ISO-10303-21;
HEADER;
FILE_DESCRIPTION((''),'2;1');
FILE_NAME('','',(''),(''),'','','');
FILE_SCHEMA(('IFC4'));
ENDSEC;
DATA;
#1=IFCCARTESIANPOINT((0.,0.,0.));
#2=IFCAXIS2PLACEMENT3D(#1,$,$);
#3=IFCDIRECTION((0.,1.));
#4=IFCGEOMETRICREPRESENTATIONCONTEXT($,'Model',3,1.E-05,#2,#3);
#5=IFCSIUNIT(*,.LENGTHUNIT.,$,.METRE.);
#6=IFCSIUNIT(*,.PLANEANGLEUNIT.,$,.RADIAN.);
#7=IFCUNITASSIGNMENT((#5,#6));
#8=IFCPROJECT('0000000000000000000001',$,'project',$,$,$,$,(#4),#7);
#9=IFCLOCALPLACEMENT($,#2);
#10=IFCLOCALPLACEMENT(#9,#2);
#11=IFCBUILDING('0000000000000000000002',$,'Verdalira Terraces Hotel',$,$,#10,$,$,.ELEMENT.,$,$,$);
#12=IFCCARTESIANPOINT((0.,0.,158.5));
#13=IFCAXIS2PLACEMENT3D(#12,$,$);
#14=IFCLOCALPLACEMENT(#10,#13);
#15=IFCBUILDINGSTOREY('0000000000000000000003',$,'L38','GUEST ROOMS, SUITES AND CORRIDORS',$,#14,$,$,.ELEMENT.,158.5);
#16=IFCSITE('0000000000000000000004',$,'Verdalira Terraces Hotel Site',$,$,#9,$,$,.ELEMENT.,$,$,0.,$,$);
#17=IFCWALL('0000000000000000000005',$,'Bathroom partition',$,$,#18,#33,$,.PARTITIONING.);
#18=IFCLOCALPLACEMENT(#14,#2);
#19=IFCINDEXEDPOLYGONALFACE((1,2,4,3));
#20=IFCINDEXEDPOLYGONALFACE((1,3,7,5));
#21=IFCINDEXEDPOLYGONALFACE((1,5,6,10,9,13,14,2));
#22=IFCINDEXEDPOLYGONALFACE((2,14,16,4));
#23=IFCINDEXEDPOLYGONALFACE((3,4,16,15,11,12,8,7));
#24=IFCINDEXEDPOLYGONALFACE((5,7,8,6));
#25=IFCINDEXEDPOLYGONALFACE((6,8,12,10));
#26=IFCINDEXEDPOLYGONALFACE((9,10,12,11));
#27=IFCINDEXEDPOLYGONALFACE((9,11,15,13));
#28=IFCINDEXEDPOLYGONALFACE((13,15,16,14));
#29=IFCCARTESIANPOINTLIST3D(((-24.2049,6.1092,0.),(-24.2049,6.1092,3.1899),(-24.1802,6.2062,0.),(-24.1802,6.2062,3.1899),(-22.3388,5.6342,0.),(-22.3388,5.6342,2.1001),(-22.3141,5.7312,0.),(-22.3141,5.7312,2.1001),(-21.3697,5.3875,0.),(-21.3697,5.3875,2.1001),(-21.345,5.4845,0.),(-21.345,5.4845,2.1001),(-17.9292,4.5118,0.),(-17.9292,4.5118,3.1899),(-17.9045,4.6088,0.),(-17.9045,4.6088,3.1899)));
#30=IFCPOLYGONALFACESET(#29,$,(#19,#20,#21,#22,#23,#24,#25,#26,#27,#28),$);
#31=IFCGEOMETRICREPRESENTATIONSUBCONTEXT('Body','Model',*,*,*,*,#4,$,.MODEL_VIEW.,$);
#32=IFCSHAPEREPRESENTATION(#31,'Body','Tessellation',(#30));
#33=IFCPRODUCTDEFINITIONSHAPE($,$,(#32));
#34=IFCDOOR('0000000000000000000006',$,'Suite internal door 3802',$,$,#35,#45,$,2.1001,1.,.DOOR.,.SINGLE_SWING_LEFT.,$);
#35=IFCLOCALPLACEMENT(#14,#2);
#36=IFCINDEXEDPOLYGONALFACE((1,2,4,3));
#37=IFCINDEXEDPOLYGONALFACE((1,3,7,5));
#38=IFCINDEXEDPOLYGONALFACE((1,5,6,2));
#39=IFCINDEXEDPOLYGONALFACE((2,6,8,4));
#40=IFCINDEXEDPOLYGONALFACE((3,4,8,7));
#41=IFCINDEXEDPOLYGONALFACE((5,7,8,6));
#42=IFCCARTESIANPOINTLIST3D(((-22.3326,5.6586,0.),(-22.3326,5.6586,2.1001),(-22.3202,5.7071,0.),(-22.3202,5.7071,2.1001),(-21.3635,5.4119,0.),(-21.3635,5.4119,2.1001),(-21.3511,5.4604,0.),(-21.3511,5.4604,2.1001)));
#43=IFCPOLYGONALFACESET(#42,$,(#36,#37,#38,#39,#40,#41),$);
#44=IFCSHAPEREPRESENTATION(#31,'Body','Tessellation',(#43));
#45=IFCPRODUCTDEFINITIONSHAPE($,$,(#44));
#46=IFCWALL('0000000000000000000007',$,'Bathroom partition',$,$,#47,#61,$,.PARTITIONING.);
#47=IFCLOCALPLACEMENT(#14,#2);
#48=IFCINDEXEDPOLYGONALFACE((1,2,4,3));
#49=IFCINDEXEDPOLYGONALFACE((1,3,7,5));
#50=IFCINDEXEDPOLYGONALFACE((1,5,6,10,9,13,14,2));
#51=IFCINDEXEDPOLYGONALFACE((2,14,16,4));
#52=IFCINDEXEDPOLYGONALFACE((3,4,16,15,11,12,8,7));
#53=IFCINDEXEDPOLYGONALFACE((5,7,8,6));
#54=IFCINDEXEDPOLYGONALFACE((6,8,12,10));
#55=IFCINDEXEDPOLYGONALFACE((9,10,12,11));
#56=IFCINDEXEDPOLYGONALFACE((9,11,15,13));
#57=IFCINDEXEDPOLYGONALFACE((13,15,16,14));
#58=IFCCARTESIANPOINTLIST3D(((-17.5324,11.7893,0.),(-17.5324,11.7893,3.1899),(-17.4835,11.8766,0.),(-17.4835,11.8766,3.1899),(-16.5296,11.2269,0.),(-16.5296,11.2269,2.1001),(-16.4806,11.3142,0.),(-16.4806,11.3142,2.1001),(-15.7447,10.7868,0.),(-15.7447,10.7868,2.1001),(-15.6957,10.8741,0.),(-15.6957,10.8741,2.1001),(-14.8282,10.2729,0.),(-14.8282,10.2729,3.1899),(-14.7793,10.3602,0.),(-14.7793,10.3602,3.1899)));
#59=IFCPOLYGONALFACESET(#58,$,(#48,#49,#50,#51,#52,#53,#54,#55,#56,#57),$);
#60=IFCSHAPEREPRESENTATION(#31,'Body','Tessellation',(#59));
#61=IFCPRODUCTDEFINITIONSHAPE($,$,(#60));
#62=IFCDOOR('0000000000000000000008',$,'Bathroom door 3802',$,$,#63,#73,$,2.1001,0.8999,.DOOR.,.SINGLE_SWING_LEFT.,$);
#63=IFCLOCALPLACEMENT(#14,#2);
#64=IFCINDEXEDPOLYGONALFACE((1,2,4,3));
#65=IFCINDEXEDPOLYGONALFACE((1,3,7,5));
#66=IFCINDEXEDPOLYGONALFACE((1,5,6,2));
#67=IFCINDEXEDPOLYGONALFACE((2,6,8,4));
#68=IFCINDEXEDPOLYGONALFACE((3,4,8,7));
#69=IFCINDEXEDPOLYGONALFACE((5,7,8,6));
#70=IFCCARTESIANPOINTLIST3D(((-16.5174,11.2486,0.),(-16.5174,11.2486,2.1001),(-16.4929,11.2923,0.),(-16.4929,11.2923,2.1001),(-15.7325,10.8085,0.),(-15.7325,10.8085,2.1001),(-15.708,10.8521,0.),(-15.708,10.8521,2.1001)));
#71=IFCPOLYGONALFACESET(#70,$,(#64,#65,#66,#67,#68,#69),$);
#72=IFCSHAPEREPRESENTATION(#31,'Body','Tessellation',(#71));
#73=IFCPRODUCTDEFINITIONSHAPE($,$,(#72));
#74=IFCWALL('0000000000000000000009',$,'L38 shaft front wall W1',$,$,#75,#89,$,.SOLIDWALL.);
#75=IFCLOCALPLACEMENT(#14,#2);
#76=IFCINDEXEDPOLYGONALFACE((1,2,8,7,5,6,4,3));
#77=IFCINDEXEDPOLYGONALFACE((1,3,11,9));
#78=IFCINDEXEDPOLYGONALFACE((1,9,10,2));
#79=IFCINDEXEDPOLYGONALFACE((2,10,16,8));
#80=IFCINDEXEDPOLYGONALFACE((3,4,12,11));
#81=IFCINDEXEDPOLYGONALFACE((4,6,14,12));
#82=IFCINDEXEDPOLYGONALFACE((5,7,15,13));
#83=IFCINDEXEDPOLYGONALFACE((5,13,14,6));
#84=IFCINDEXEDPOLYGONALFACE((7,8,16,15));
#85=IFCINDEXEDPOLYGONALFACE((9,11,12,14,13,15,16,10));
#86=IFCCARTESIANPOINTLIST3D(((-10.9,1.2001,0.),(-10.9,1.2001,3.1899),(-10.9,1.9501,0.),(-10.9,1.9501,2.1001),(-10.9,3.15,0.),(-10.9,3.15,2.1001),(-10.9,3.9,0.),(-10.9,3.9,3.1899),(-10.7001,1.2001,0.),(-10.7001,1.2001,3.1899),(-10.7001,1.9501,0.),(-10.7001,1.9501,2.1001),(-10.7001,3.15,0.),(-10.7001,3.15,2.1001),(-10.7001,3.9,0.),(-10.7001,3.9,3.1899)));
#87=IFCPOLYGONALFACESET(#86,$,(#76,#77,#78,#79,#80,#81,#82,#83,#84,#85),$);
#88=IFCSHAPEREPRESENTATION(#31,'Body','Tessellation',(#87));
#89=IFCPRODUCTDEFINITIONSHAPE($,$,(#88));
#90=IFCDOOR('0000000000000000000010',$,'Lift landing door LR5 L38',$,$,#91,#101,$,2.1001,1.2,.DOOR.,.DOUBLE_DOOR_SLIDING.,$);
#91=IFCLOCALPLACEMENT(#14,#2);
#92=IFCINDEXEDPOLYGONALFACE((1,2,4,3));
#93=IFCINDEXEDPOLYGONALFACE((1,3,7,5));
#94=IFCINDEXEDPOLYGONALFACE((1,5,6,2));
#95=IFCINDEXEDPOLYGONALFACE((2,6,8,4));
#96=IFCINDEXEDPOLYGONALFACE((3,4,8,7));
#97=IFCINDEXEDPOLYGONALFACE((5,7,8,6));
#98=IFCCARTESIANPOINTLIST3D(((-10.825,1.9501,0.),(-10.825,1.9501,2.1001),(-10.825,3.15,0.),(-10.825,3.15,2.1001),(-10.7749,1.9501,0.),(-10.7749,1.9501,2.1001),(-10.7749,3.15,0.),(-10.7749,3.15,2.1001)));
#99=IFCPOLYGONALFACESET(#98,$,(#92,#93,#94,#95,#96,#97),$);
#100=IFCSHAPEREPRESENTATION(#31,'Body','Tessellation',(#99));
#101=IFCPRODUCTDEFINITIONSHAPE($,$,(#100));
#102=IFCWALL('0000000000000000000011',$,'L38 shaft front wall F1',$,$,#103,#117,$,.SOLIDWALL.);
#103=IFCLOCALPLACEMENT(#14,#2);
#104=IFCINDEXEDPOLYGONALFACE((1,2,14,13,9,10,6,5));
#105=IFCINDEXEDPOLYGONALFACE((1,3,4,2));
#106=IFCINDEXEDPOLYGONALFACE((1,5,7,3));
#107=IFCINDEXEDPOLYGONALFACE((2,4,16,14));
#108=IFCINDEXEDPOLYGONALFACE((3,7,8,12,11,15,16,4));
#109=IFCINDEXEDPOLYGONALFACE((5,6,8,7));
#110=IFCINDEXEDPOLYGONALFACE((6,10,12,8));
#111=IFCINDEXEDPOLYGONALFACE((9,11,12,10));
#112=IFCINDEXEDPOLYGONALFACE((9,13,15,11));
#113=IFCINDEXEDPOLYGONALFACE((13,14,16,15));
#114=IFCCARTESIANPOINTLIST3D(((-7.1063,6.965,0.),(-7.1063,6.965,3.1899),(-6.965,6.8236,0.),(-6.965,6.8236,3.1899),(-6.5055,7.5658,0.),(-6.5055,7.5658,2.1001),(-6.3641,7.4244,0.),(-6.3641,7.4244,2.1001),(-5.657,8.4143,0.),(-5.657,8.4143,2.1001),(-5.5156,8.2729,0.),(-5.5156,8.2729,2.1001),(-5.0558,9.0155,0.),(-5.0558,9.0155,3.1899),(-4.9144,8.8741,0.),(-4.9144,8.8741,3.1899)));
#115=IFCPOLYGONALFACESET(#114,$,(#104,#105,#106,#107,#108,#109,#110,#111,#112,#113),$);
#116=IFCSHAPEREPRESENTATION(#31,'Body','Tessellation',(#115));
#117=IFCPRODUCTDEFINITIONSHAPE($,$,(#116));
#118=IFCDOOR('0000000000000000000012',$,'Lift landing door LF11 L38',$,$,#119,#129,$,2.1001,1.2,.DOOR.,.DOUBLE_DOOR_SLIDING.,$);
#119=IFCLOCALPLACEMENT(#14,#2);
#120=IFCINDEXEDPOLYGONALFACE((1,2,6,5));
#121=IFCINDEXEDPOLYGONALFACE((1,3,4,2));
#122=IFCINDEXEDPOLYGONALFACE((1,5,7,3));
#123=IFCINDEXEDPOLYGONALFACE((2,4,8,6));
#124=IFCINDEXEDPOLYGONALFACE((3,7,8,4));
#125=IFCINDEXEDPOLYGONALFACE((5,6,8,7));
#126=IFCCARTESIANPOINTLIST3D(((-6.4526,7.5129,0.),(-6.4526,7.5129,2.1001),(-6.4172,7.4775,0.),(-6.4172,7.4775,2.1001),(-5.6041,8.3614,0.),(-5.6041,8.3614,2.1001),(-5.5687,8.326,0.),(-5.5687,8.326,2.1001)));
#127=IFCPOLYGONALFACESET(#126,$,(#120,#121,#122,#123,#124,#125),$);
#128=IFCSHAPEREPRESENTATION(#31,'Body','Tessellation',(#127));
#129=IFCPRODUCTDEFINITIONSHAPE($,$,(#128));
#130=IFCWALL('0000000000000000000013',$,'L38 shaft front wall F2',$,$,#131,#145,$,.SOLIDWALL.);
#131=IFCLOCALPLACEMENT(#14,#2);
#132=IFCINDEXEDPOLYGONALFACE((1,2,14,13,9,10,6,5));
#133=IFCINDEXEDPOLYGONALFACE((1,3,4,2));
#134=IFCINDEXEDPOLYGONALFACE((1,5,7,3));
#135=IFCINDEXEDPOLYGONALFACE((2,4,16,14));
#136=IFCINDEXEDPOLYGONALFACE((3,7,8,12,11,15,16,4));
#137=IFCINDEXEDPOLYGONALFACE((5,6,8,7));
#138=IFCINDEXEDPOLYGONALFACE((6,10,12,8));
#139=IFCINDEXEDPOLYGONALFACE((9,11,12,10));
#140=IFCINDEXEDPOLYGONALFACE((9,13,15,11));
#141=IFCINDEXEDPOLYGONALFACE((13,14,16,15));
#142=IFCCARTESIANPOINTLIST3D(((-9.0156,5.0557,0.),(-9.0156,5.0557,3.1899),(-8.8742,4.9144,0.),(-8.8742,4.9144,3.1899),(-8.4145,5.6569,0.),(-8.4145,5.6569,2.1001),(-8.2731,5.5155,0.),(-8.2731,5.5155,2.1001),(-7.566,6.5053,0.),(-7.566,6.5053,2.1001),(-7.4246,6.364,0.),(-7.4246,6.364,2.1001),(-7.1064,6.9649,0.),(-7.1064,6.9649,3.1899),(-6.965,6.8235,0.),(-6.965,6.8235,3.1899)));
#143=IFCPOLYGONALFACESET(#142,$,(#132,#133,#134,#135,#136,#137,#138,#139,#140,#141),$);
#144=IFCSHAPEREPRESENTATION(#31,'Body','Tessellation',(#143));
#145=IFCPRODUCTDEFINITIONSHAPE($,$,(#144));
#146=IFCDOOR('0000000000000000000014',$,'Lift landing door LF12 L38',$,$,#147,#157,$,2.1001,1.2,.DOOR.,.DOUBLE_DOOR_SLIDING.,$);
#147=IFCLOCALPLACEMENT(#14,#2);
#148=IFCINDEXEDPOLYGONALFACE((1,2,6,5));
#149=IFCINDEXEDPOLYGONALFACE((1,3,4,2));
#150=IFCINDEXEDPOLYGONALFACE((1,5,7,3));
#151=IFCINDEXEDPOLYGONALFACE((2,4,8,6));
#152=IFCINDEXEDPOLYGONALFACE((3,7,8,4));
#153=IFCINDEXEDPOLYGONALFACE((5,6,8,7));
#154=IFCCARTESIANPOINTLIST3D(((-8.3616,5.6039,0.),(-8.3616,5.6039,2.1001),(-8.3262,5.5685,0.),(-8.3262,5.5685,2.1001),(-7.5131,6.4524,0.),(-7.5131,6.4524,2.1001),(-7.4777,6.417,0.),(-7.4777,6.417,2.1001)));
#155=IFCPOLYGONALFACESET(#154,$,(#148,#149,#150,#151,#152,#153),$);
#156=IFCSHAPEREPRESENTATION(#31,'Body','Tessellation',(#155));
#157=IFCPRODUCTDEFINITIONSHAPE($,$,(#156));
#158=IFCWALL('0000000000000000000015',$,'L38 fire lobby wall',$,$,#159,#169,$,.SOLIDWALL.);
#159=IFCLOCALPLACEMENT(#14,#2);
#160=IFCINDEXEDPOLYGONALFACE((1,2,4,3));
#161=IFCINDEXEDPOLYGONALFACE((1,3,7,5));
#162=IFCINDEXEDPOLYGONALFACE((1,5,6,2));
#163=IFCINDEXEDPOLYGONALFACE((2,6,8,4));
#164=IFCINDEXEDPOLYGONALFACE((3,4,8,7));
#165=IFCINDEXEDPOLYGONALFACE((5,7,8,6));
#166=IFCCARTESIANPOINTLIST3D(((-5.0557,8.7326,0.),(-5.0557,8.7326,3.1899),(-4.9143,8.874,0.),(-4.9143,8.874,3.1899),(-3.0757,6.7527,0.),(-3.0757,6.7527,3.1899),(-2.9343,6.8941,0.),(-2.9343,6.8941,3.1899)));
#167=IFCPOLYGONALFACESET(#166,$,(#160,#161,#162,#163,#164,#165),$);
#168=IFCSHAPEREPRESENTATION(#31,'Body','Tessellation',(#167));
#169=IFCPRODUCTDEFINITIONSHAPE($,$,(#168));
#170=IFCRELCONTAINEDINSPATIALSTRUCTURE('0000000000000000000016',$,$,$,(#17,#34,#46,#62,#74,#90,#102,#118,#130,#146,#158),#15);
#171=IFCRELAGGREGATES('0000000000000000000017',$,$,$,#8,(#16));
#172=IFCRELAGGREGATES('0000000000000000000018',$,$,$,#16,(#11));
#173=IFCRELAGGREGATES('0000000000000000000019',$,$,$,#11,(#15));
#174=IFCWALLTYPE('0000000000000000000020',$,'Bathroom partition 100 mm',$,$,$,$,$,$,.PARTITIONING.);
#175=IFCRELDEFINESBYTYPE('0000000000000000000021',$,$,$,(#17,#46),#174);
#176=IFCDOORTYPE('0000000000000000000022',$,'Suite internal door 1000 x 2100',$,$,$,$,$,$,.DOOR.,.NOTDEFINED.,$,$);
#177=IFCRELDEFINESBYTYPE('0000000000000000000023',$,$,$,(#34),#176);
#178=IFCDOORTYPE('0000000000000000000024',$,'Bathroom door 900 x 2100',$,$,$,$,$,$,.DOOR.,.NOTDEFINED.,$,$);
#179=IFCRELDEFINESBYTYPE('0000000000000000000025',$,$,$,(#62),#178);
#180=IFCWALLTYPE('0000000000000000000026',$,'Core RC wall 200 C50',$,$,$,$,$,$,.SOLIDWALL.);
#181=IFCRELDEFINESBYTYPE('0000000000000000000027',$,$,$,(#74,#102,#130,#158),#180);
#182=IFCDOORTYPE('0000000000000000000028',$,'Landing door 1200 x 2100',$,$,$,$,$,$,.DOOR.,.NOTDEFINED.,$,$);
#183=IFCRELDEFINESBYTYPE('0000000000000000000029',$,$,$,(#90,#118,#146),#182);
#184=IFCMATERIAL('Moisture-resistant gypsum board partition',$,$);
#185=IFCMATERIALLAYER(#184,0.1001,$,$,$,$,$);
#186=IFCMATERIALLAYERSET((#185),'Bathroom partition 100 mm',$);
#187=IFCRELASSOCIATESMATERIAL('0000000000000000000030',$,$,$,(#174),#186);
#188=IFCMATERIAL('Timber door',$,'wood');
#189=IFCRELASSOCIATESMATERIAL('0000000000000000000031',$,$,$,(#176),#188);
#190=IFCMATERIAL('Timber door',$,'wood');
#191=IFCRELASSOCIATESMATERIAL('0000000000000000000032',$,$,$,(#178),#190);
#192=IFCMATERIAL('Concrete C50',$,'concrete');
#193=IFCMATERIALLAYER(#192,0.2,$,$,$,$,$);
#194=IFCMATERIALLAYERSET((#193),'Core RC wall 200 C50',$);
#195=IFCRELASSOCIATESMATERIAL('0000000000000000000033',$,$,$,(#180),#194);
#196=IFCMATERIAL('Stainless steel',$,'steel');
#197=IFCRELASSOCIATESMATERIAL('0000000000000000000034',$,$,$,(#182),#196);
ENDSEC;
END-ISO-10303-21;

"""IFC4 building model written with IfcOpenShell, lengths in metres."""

from ifc_helpers import new_model, si_unit, direction, frame, frame_2d, origin, place, context, subcontext, project, spatial, rectangle, extrude, material, layer, layer_set, type_object, element, fill, save


model = new_model("IFC4")

# Units and contexts
model_context = context("Model", 3, precision=1e-05, world=origin(), true_north=direction((0.0, 1.0)))
body_context = subcontext(model_context, "Body", "Model", "MODEL_VIEW")
ifc_project = project(units=[si_unit("LENGTHUNIT", "METRE"), si_unit("PLANEANGLEUNIT", "RADIAN")], contexts=[model_context])

# Site, building, storey
site_placement = place(None, origin())
site = spatial("IfcSite", under=ifc_project, at=site_placement, Name="Verdalira Terraces Hotel Site", CompositionType="ELEMENT", RefElevation=0.0)
building_placement = place(site_placement, origin())
building = spatial("IfcBuilding", under=site, at=building_placement, Name="Verdalira Terraces Hotel", CompositionType="ELEMENT")
storey_placement = place(building_placement, frame((0.0, 0.0, 158.5)))
storey = spatial("IfcBuildingStorey", under=building, at=storey_placement, Name="L38", Description="GUEST ROOMS, SUITES AND CORRIDORS", CompositionType="ELEMENT", Elevation=158.5)

# Walls, openings, doors
ifc_material_1 = material(Name="Moisture-resistant gypsum board partition")
ifc_layer_1 = layer(ifc_material_1, 0.1001)
ifc_layer_set_1 = layer_set([ifc_layer_1], Name="Bathroom partition 100 mm")
wall_type_1 = type_object("IfcWallType", Name="Bathroom partition 100 mm", PredefinedType="PARTITIONING", material=ifc_layer_set_1)
wall_1_placement = place(storey_placement, frame((-17.917, 4.5603, 0.0), z_axis=(0.0, 0.0, 1.0), x_axis=(-0.969098, 0.246676, 0.0)))
wall_1 = element("IfcWall", 1, at=wall_1_placement, inside=storey, type_object=wall_type_1, Name="Bathroom partition", PredefinedType="PARTITIONING", context=body_context, shape_type="SweptSolid", body=[
    extrude(rectangle(XDim=6.4758, YDim=0.1001, at=frame_2d((3.2378, 0.0))), origin(), (0.0, 0.0, 1.0), 3.1899),
])
opening_1_placement = place(wall_1_placement, frame((3.55, 0.0, 0.0)))
opening_1 = element("IfcOpeningElement", 2, at=opening_1_placement, cuts=wall_1, PredefinedType="OPENING", context=body_context, shape_type="SweptSolid", body=[
    extrude(rectangle(XDim=1.0, YDim=2.1001, at=frame_2d((0.5, 1.05))), frame((0.0, 0.0601, 0.0), z_axis=(0.0, -1.0, 0.0), x_axis=(1.0, 0.0, 0.0)), (0.0, 0.0, 1.0), 0.1201),
])
ifc_material_2 = material(Name="Timber door", Category="wood")
door_type_1 = type_object("IfcDoorType", Name="Suite internal door 1000 x 2100", OperationType="NOTDEFINED", PredefinedType="DOOR", material=ifc_material_2)
door_1_placement = place(opening_1_placement, origin())
door_1 = element("IfcDoor", 3, at=door_1_placement, inside=storey, type_object=door_type_1, Name="Suite internal door 3802", OperationType="SINGLE_SWING_LEFT", OverallHeight=2.1001, OverallWidth=1.0, PredefinedType="DOOR", context=body_context, shape_type="SweptSolid", body=[
    extrude(rectangle(XDim=1.0, YDim=2.1001, at=frame_2d((0.5, 1.05))), frame((0.0, 0.0249, 0.0), z_axis=(0.0, -1.0, 0.0), x_axis=(1.0, 0.0, 0.0)), (0.0, 0.0, 1.0), 0.05),
])
fill(opening_1, door_1)
wall_2_placement = place(storey_placement, frame((-17.5081, 11.833, 0.0), z_axis=(0.0, 0.0, 1.0), x_axis=(0.872223, -0.489109, 0.0)))
wall_2 = element("IfcWall", 4, at=wall_2_placement, inside=storey, type_object=wall_type_1, Name="Bathroom partition", PredefinedType="PARTITIONING", context=body_context, shape_type="SweptSolid", body=[
    extrude(rectangle(XDim=3.1003, YDim=0.1001, at=frame_2d((1.5503, 0.0))), origin(), (0.0, 0.0, 1.0), 3.1899),
])
opening_2_placement = place(wall_2_placement, frame((1.1499, 0.0, 0.0)))
opening_2 = element("IfcOpeningElement", 5, at=opening_2_placement, cuts=wall_2, PredefinedType="OPENING", context=body_context, shape_type="SweptSolid", body=[
    extrude(rectangle(XDim=0.8999, YDim=2.1001, at=frame_2d((0.45, 1.05))), frame((0.0, 0.0601, 0.0), z_axis=(0.0, -1.0, 0.0), x_axis=(1.0, 0.0, 0.0)), (0.0, 0.0, 1.0), 0.1201),
])
ifc_material_3 = material(Name="Timber door", Category="wood")
door_type_2 = type_object("IfcDoorType", Name="Bathroom door 900 x 2100", OperationType="NOTDEFINED", PredefinedType="DOOR", material=ifc_material_3)
door_2_placement = place(opening_2_placement, origin())
door_2 = element("IfcDoor", 6, at=door_2_placement, inside=storey, type_object=door_type_2, Name="Bathroom door 3802", OperationType="SINGLE_SWING_LEFT", OverallHeight=2.1001, OverallWidth=0.8999, PredefinedType="DOOR", context=body_context, shape_type="SweptSolid", body=[
    extrude(rectangle(XDim=0.8999, YDim=2.1001, at=frame_2d((0.45, 1.05))), frame((0.0, 0.0249, 0.0), z_axis=(0.0, -1.0, 0.0), x_axis=(1.0, 0.0, 0.0)), (0.0, 0.0, 1.0), 0.05),
])
fill(opening_2, door_2)
ifc_material_4 = material(Name="Concrete C50", Category="concrete")
ifc_layer_2 = layer(ifc_material_4, 0.2)
ifc_layer_set_2 = layer_set([ifc_layer_2], Name="Core RC wall 200 C50")
wall_type_2 = type_object("IfcWallType", Name="Core RC wall 200 C50", PredefinedType="SOLIDWALL", material=ifc_layer_set_2)
wall_3_placement = place(storey_placement, frame((-10.8, 1.2, 0.0), z_axis=(0.0, 0.0, 1.0), x_axis=(0.0, 1.0, 0.0)))
wall_3 = element("IfcWall", 7, at=wall_3_placement, inside=storey, type_object=wall_type_2, Name="L38 shaft front wall W1", PredefinedType="SOLIDWALL", context=body_context, shape_type="SweptSolid", body=[
    extrude(rectangle(XDim=2.7, YDim=0.2, at=frame_2d((1.3501, 0.0))), origin(), (0.0, 0.0, 1.0), 3.1899),
])
opening_3_placement = place(wall_3_placement, frame((0.75, 0.0, 0.0)))
opening_3 = element("IfcOpeningElement", 8, at=opening_3_placement, cuts=wall_3, PredefinedType="OPENING", context=body_context, shape_type="SweptSolid", body=[
    extrude(rectangle(XDim=1.2, YDim=2.1001, at=frame_2d((0.6001, 1.05))), frame((0.0, 0.1099, 0.0), z_axis=(0.0, -1.0, 0.0), x_axis=(1.0, 0.0, 0.0)), (0.0, 0.0, 1.0), 0.22),
])
ifc_material_5 = material(Name="Stainless steel", Category="steel")
door_type_3 = type_object("IfcDoorType", Name="Landing door 1200 x 2100", OperationType="NOTDEFINED", PredefinedType="DOOR", material=ifc_material_5)
door_3_placement = place(opening_3_placement, origin())
door_3 = element("IfcDoor", 9, at=door_3_placement, inside=storey, type_object=door_type_3, Name="Lift landing door LR5 L38", OperationType="DOUBLE_DOOR_SLIDING", OverallHeight=2.1001, OverallWidth=1.2, PredefinedType="DOOR", context=body_context, shape_type="SweptSolid", body=[
    extrude(rectangle(XDim=1.2, YDim=2.1001, at=frame_2d((0.6001, 1.05))), frame((0.0, 0.0249, 0.0), z_axis=(0.0, -1.0, 0.0), x_axis=(1.0, 0.0, 0.0)), (0.0, 0.0, 1.0), 0.05),
])
fill(opening_3, door_3)
wall_4_placement = place(storey_placement, frame((-4.9851, 8.9448, 0.0), z_axis=(0.0, 0.0, 1.0), x_axis=(-0.707107, -0.707107, 0.0)))
wall_4 = element("IfcWall", 10, at=wall_4_placement, inside=storey, type_object=wall_type_2, Name="L38 shaft front wall F1", PredefinedType="SOLIDWALL", context=body_context, shape_type="SweptSolid", body=[
    extrude(rectangle(XDim=2.8999, YDim=0.2, at=frame_2d((1.45, 0.0))), origin(), (0.0, 0.0, 1.0), 3.1899),
])
opening_4_placement = place(wall_4_placement, frame((0.8501, 0.0, 0.0)))
opening_4 = element("IfcOpeningElement", 11, at=opening_4_placement, cuts=wall_4, PredefinedType="OPENING", context=body_context, shape_type="SweptSolid", body=[
    extrude(rectangle(XDim=1.2, YDim=2.1001, at=frame_2d((0.6001, 1.05))), frame((0.0, 0.1099, 0.0), z_axis=(0.0, -1.0, 0.0), x_axis=(1.0, 0.0, 0.0)), (0.0, 0.0, 1.0), 0.22),
])
door_4_placement = place(opening_4_placement, origin())
door_4 = element("IfcDoor", 12, at=door_4_placement, inside=storey, type_object=door_type_3, Name="Lift landing door LF11 L38", OperationType="DOUBLE_DOOR_SLIDING", OverallHeight=2.1001, OverallWidth=1.2, PredefinedType="DOOR", context=body_context, shape_type="SweptSolid", body=[
    extrude(rectangle(XDim=1.2, YDim=2.1001, at=frame_2d((0.6001, 1.05))), frame((0.0, 0.0249, 0.0), z_axis=(0.0, -1.0, 0.0), x_axis=(1.0, 0.0, 0.0)), (0.0, 0.0, 1.0), 0.05),
])
fill(opening_4, door_4)
wall_5_placement = place(storey_placement, frame((-7.0356, 6.8943, 0.0), z_axis=(0.0, 0.0, 1.0), x_axis=(-0.707107, -0.707107, 0.0)))
wall_5 = element("IfcWall", 13, at=wall_5_placement, inside=storey, type_object=wall_type_2, Name="L38 shaft front wall F2", PredefinedType="SOLIDWALL", context=body_context, shape_type="SweptSolid", body=[
    extrude(rectangle(XDim=2.7, YDim=0.2, at=frame_2d((1.3501, 0.0))), origin(), (0.0, 0.0, 1.0), 3.1899),
])
opening_5_placement = place(wall_5_placement, frame((0.6499, 0.0, 0.0)))
opening_5 = element("IfcOpeningElement", 14, at=opening_5_placement, cuts=wall_5, PredefinedType="OPENING", context=body_context, shape_type="SweptSolid", body=[
    extrude(rectangle(XDim=1.2, YDim=2.1001, at=frame_2d((0.6001, 1.05))), frame((0.0, 0.1099, 0.0), z_axis=(0.0, -1.0, 0.0), x_axis=(1.0, 0.0, 0.0)), (0.0, 0.0, 1.0), 0.22),
])
door_5_placement = place(opening_5_placement, origin())
door_5 = element("IfcDoor", 15, at=door_5_placement, inside=storey, type_object=door_type_3, Name="Lift landing door LF12 L38", OperationType="DOUBLE_DOOR_SLIDING", OverallHeight=2.1001, OverallWidth=1.2, PredefinedType="DOOR", context=body_context, shape_type="SweptSolid", body=[
    extrude(rectangle(XDim=1.2, YDim=2.1001, at=frame_2d((0.6001, 1.05))), frame((0.0, 0.0249, 0.0), z_axis=(0.0, -1.0, 0.0), x_axis=(1.0, 0.0, 0.0)), (0.0, 0.0, 1.0), 0.05),
])
fill(opening_5, door_5)

# Wall
for number, where, z_axis, x_axis, name in (
    (16, (-3.0051, 6.8235, 0.0), (0.0, 0.0, 1.0), (-0.707107, 0.707107, 0.0), "L38 fire lobby wall"),
):
    element("IfcWall", number, at=place(storey_placement, frame(where, z_axis=z_axis, x_axis=x_axis)), inside=storey, type_object=wall_type_2, Name=name, PredefinedType="SOLIDWALL", context=body_context, shape_type="SweptSolid", body=[
        extrude(rectangle(XDim=2.8, YDim=0.2, at=frame_2d((1.3999, 0.0))), origin(), (0.0, 0.0, 1.0), 3.1899),
    ])

save(model, "model.ifc")
